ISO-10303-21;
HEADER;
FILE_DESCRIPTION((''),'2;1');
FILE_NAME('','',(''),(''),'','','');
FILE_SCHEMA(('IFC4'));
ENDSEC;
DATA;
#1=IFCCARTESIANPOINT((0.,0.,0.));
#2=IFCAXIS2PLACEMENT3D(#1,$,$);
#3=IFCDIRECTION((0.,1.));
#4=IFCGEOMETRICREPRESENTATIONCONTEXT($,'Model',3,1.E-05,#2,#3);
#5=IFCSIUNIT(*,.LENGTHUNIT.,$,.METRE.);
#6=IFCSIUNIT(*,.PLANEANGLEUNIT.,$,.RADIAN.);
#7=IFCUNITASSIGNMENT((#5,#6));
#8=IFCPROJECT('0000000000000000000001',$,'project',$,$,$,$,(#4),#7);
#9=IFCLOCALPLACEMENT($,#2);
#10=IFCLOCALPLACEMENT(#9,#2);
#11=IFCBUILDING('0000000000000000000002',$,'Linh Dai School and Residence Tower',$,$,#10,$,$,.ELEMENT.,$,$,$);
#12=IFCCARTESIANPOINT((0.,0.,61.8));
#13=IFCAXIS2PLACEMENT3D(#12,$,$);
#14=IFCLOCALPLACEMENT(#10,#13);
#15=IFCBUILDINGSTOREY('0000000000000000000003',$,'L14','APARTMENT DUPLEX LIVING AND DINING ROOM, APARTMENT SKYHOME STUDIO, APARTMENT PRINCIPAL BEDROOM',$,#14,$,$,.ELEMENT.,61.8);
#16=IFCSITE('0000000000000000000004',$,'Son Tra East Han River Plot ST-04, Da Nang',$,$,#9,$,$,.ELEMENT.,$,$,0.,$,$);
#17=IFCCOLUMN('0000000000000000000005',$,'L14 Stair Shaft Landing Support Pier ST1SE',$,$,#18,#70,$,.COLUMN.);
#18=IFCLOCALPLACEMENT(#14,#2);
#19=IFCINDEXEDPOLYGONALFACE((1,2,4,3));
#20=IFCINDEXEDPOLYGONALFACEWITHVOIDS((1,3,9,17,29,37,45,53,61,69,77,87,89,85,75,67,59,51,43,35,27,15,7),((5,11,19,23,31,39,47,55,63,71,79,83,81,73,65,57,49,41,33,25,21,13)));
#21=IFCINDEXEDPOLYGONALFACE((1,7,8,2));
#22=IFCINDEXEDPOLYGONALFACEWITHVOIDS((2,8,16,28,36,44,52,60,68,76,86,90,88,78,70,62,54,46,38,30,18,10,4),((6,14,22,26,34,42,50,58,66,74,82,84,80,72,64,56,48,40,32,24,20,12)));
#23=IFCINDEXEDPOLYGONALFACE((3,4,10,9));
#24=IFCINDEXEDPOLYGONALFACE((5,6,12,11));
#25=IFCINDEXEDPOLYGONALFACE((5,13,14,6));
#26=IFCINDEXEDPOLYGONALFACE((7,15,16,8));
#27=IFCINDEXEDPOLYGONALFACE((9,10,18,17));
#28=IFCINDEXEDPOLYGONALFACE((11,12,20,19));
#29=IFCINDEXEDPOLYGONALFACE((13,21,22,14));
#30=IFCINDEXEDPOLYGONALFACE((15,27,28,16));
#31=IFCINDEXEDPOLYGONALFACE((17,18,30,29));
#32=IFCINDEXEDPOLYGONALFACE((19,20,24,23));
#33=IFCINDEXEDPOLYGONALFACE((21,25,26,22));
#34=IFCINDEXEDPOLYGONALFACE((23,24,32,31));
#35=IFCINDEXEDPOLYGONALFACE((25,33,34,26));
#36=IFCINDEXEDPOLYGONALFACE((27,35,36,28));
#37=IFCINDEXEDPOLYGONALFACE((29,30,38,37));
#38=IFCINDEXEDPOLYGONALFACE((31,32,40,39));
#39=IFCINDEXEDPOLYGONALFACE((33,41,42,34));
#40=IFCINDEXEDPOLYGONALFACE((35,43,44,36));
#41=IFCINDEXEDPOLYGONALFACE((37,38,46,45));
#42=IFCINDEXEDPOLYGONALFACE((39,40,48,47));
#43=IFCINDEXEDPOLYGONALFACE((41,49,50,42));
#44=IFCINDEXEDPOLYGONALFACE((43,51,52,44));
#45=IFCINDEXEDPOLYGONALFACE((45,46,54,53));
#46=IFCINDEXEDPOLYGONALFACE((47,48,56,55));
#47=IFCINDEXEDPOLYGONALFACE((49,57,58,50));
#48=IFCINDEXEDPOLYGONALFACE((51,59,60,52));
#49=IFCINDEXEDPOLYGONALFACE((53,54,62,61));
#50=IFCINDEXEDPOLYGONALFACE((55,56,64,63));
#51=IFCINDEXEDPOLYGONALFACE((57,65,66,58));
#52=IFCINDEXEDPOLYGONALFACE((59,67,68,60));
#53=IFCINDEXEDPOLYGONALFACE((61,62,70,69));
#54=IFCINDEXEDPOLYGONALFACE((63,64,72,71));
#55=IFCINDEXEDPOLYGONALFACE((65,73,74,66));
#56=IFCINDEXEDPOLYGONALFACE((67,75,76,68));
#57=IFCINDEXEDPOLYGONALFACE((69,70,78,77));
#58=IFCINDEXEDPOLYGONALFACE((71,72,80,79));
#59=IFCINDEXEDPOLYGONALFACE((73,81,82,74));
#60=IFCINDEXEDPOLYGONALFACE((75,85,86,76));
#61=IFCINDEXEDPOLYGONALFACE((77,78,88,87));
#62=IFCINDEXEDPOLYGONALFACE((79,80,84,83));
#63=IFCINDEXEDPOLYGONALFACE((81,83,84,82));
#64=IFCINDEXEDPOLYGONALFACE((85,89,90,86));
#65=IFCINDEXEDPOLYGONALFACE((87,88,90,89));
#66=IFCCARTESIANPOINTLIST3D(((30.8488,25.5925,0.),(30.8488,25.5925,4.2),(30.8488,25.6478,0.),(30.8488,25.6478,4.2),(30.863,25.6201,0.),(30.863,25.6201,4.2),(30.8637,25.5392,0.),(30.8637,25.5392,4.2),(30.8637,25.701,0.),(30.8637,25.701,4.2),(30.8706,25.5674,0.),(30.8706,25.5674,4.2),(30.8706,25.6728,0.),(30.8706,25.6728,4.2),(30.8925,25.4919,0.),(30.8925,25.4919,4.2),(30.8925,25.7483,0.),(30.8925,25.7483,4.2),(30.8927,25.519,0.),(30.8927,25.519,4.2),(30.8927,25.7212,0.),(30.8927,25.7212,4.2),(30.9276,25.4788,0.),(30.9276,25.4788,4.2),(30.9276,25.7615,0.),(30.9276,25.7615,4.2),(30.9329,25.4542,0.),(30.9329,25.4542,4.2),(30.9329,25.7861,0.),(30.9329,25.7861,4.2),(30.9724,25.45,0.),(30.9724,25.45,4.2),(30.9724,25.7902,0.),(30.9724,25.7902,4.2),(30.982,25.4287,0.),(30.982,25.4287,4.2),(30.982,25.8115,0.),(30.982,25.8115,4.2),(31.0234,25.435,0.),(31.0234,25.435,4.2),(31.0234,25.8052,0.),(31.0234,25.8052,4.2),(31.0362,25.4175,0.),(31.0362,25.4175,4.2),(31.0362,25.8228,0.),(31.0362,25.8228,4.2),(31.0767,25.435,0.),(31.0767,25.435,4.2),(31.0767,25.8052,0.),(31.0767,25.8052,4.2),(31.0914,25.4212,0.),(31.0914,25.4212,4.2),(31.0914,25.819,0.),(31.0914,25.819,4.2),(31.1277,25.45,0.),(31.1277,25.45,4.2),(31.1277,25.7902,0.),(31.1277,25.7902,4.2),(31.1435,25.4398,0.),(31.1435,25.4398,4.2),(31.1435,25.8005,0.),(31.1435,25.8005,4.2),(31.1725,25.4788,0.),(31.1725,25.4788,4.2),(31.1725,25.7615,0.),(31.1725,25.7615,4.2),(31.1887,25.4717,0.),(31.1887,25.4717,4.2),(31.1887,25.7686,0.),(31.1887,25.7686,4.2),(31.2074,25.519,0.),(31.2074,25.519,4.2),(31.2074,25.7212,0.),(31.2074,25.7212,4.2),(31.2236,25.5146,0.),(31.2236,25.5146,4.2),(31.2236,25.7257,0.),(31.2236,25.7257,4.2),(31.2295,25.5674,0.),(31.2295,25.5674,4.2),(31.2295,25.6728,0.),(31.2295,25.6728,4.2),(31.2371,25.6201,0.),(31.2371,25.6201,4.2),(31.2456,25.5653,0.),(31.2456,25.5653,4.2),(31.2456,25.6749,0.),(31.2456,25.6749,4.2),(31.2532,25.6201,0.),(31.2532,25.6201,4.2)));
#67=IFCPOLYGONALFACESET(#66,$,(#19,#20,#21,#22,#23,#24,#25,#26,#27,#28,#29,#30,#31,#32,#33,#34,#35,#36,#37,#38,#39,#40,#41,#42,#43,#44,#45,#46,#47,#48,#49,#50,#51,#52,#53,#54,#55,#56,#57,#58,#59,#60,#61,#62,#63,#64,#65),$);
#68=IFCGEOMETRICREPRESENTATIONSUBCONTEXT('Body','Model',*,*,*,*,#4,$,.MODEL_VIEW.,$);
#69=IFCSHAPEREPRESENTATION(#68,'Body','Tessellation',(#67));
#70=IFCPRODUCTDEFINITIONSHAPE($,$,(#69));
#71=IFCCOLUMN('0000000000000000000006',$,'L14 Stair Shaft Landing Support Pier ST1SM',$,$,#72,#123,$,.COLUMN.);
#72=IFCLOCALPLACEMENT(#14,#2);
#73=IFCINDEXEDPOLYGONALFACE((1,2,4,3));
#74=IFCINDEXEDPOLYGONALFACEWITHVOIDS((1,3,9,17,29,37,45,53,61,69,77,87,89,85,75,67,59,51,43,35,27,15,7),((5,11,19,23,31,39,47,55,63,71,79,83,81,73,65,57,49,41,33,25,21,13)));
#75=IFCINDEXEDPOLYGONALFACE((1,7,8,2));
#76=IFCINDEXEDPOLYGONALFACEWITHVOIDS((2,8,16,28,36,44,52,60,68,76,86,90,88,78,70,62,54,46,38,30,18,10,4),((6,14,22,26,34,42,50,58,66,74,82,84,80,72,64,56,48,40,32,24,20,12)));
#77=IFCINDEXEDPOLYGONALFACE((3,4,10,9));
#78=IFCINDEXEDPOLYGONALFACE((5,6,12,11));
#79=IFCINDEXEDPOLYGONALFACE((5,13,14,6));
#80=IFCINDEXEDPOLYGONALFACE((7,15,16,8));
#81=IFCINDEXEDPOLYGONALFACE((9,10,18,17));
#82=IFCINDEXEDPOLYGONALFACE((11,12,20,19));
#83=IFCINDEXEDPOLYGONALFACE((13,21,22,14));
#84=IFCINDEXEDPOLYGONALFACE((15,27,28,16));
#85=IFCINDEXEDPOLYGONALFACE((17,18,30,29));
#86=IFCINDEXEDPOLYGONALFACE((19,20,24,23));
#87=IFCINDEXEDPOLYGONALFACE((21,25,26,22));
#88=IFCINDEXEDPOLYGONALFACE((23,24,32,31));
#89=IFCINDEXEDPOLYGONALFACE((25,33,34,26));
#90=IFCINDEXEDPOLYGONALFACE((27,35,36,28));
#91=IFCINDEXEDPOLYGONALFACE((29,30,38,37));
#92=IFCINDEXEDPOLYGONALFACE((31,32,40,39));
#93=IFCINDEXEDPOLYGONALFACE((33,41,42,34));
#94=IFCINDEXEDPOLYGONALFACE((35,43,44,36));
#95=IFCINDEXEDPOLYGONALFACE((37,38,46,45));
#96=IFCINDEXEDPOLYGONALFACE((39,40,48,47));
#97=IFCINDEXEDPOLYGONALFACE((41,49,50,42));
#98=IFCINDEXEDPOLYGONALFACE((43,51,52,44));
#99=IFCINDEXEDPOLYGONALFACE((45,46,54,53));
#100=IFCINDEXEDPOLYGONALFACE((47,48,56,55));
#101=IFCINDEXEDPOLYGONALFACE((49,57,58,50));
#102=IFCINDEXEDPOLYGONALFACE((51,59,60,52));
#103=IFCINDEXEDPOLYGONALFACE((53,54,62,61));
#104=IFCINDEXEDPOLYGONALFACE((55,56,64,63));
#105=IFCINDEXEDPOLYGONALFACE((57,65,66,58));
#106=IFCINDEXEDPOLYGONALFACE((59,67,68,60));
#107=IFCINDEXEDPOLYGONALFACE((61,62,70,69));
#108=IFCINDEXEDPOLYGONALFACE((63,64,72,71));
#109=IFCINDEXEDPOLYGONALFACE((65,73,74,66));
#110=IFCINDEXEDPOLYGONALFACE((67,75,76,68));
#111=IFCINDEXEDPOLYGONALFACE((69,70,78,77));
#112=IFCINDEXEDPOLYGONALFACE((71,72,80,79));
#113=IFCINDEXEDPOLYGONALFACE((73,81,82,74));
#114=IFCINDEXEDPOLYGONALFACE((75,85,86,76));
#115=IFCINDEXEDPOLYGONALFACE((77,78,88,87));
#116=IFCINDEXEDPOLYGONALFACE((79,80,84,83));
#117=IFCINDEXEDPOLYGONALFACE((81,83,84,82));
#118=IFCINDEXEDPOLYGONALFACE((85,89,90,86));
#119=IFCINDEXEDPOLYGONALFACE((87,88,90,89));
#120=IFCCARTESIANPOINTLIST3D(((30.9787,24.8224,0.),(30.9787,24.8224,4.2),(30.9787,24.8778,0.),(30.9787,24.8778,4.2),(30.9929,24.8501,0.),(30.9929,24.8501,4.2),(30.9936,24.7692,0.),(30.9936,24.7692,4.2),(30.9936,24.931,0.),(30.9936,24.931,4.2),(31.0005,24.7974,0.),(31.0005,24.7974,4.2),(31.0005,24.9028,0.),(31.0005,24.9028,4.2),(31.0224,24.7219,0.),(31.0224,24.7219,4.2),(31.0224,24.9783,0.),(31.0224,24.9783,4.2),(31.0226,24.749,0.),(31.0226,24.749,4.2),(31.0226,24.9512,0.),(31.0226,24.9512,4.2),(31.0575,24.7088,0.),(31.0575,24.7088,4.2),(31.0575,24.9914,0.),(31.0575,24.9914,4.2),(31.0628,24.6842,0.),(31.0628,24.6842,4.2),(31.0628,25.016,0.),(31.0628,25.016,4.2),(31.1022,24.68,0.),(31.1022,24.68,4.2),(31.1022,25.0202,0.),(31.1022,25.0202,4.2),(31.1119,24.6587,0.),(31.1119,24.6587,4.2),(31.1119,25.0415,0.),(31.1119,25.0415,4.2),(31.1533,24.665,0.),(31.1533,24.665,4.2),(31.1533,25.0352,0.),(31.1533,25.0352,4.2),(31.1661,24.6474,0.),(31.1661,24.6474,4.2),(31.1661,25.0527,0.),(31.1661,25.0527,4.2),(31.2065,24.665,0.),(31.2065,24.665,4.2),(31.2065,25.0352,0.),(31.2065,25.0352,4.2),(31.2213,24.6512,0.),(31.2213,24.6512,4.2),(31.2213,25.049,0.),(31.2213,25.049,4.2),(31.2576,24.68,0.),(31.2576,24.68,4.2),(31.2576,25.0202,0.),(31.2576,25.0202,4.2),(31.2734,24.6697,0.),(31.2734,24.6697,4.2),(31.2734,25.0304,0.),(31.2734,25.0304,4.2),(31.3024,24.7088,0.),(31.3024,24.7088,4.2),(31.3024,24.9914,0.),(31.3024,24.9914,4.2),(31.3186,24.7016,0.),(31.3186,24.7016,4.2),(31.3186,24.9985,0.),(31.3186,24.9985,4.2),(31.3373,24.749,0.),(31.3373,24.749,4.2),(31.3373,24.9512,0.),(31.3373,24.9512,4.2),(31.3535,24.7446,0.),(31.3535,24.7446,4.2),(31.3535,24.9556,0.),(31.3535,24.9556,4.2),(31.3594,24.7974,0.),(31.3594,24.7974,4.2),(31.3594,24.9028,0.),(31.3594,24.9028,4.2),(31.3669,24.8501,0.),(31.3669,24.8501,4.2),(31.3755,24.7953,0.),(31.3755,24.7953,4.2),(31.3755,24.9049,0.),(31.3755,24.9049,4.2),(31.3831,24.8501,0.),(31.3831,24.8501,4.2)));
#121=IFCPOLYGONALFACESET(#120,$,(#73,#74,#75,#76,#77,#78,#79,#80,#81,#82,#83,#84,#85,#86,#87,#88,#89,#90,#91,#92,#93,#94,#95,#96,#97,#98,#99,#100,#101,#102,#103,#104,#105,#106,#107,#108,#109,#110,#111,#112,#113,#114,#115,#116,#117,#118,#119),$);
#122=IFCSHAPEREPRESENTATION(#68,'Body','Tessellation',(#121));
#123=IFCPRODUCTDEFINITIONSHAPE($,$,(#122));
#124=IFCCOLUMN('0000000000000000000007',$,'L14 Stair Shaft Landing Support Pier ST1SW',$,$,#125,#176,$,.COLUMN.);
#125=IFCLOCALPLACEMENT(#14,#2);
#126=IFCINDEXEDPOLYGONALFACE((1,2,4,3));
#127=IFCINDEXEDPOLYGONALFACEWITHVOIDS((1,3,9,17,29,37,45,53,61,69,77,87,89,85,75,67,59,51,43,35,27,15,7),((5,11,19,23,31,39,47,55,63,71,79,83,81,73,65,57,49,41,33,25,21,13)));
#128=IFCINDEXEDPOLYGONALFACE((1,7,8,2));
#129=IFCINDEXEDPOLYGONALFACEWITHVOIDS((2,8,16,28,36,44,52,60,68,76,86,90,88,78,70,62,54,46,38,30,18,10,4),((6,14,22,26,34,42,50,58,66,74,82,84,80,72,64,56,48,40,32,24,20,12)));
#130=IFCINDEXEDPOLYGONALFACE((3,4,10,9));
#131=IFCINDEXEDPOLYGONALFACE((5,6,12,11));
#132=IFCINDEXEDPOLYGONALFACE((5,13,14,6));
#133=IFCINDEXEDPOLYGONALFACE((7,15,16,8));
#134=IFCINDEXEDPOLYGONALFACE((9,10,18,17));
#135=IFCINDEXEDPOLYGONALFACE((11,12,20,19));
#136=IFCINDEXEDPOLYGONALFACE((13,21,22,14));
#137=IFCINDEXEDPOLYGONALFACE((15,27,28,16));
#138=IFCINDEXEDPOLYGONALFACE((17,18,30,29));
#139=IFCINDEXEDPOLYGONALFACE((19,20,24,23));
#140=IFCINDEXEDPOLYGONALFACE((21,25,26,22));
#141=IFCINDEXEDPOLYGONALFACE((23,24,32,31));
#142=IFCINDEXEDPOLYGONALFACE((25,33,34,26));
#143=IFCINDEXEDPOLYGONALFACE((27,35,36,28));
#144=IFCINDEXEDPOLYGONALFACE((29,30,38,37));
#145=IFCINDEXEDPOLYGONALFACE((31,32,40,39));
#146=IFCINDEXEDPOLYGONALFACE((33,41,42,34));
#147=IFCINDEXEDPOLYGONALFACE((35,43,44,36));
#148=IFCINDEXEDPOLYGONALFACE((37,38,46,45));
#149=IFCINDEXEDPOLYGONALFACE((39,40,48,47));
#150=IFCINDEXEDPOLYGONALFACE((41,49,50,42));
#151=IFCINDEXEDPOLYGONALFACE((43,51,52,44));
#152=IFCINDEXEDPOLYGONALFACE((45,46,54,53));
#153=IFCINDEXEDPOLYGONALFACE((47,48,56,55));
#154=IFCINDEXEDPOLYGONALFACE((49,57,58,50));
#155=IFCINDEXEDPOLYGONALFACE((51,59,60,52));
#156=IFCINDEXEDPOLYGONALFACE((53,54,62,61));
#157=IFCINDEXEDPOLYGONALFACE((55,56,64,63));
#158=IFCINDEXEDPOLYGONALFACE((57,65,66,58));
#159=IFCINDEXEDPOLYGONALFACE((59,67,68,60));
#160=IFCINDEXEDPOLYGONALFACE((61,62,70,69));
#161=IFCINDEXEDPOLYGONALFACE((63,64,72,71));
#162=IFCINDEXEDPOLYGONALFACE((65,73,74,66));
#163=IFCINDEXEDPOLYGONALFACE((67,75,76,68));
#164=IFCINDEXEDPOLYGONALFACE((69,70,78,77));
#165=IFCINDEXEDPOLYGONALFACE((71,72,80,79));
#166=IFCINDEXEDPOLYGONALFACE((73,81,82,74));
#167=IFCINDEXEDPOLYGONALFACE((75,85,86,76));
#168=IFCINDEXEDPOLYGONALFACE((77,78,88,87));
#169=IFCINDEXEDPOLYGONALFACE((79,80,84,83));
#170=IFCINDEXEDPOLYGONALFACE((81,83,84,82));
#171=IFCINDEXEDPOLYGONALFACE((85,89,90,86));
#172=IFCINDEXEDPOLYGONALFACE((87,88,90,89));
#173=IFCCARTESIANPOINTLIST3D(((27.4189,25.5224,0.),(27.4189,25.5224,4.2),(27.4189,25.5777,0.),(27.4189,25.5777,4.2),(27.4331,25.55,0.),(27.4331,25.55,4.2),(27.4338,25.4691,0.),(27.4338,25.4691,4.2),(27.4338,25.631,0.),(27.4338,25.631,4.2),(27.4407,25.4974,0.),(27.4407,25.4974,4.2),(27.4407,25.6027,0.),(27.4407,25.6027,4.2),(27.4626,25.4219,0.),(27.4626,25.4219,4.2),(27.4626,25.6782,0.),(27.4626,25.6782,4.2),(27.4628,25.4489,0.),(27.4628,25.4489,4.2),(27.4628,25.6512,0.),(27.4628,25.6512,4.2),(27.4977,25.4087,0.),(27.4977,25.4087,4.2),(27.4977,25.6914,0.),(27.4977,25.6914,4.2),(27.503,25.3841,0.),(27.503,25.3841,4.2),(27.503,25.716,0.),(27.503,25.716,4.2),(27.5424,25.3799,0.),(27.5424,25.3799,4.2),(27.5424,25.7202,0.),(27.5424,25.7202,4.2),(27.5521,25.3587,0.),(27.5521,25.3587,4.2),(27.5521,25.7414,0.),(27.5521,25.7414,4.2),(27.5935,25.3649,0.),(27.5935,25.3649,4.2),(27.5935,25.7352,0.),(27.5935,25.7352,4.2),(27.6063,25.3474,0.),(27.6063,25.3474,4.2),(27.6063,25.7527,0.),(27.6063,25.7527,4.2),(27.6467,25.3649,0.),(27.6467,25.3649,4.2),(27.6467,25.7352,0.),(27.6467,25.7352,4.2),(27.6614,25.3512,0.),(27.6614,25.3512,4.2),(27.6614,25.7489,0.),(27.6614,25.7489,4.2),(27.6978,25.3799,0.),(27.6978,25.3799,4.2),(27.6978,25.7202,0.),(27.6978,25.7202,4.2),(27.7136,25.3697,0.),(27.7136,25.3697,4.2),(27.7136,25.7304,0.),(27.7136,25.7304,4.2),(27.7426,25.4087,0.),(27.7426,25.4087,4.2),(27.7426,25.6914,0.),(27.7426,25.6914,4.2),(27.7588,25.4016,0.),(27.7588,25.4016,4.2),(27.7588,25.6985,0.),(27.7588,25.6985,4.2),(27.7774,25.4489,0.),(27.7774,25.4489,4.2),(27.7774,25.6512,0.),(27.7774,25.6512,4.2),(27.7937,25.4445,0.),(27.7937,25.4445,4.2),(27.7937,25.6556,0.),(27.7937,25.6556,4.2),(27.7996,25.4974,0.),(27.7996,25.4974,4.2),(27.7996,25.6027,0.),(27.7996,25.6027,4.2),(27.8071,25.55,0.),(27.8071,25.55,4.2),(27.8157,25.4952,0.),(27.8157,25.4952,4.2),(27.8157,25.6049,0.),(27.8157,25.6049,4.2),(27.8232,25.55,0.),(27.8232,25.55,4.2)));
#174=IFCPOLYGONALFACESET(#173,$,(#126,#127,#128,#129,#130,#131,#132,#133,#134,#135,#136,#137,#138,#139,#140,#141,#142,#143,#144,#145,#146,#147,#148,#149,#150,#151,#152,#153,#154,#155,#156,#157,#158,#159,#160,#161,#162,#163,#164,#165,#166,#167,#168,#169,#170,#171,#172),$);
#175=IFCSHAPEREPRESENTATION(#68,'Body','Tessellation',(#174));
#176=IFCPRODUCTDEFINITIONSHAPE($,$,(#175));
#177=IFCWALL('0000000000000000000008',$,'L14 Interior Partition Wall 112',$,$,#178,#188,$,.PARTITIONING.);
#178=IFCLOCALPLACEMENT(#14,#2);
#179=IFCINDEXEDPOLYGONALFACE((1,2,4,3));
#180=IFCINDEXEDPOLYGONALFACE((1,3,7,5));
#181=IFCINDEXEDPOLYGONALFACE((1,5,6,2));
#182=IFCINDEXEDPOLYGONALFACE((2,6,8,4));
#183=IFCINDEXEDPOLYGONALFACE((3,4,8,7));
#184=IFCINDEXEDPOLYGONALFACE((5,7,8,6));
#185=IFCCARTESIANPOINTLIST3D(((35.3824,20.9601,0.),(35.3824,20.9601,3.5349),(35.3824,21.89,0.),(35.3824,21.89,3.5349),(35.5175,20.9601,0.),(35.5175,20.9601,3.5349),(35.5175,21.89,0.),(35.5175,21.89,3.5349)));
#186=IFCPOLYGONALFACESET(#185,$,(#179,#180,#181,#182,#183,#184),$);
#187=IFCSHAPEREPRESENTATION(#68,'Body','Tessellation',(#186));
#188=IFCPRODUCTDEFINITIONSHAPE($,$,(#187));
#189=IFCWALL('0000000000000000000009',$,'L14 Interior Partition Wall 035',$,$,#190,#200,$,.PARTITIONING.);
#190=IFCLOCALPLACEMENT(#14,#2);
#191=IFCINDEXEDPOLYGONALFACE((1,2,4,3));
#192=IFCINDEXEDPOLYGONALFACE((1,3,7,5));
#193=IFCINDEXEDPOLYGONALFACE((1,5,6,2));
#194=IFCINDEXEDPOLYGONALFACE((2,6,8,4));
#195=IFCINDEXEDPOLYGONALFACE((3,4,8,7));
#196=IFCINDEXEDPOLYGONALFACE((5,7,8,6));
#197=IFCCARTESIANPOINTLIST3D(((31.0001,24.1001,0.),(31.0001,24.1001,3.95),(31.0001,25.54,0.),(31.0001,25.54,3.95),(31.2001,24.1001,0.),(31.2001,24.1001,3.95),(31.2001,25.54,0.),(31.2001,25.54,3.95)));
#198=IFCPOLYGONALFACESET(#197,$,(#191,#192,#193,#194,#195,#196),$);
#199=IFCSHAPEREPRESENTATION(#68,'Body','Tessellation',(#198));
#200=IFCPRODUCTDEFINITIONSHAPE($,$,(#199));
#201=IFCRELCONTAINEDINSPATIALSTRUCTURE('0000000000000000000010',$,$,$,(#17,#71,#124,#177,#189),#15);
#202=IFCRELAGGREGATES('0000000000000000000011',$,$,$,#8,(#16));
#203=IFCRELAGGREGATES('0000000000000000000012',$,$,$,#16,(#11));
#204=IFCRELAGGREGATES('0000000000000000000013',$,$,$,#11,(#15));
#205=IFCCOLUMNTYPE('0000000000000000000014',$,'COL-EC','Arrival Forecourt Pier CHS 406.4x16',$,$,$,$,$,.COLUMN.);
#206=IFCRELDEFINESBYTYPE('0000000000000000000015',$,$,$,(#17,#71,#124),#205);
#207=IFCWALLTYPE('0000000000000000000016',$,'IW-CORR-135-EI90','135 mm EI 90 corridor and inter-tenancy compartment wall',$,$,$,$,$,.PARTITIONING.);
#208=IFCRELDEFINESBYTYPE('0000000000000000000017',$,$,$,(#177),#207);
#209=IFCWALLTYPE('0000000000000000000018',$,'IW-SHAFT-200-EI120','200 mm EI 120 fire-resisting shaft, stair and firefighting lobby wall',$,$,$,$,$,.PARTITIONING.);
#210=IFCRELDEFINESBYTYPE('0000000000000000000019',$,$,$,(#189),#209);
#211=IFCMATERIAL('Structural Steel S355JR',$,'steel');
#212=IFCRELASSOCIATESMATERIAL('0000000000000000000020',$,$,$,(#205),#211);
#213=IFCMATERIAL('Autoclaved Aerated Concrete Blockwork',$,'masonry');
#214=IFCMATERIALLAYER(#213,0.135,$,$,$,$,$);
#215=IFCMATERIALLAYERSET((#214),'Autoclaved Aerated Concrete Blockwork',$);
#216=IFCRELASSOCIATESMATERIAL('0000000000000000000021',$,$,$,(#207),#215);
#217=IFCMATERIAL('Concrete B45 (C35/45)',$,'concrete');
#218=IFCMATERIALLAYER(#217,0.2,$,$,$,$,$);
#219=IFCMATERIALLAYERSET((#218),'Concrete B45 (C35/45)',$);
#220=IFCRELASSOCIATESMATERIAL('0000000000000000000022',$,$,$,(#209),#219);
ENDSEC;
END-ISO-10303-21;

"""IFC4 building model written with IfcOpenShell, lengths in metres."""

from ifc_helpers import new_model, si_unit, direction, frame, frame_2d, origin, origin_2d, place, context, subcontext, project, spatial, rectangle, hollow_circle, extrude, material, layer, layer_set, material_profile, profile_set, type_object, element, save


model = new_model("IFC4")

# Units and contexts
model_context = context("Model", 3, precision=1e-05, world=origin(), true_north=direction((0.0, 1.0)))
body_context = subcontext(model_context, "Body", "Model", "MODEL_VIEW")
ifc_project = project(units=[si_unit("LENGTHUNIT", "METRE"), si_unit("PLANEANGLEUNIT", "RADIAN")], contexts=[model_context])

# Site, building, storey
site_placement = place(None, origin())
site = spatial("IfcSite", under=ifc_project, at=site_placement, Name="Son Tra East Han River Plot ST-04, Da Nang", CompositionType="ELEMENT", RefElevation=0.0)
building_placement = place(site_placement, origin())
building = spatial("IfcBuilding", under=site, at=building_placement, Name="Linh Dai School and Residence Tower", CompositionType="ELEMENT")
storey_placement = place(building_placement, frame((0.0, 0.0, 61.8)))
storey = spatial("IfcBuildingStorey", under=building, at=storey_placement, Name="L14", Description="APARTMENT DUPLEX LIVING AND DINING ROOM, APARTMENT SKYHOME STUDIO, APARTMENT PRINCIPAL BEDROOM", CompositionType="ELEMENT", Elevation=61.8)

# Columns
ifc_material_1 = material(Name="Structural Steel S355JR", Category="steel")
ifc_material_profile = material_profile(ifc_material_1, hollow_circle(Radius=0.2031, WallThickness=0.0161, at=origin_2d()), Name="CHS 406.4x16")
ifc_profile_set = profile_set([ifc_material_profile], Name="Structural Steel S355JR")
column_type = type_object("IfcColumnType", Name="COL-EC", Description="Arrival Forecourt Pier CHS 406.4x16", PredefinedType="COLUMN", material=ifc_profile_set)
for number, where, z_axis, x_axis, name in (
    (1, (31.05, 25.6201, 0.0), (0.0, 0.0, 1.0), (1.0, 0.0, 0.0), "L14 Stair Shaft Landing Support Pier ST1SE"),
    (2, (31.1799, 24.8501, 0.0), (0.0, 0.0, 1.0), (1.0, 0.0, 0.0), "L14 Stair Shaft Landing Support Pier ST1SM"),
    (3, (27.6201, 25.55, 0.0), (0.0, 0.0, 1.0), (1.0, 0.0, 0.0), "L14 Stair Shaft Landing Support Pier ST1SW"),
):
    element("IfcColumn", number, at=place(storey_placement, frame(where, z_axis=z_axis, x_axis=x_axis)), inside=storey, type_object=column_type, Name=name, PredefinedType="COLUMN", context=body_context, shape_type="SweptSolid", body=[
        extrude(hollow_circle(Radius=0.2031, WallThickness=0.0161, at=origin_2d()), origin(), (0.0, 0.0, 1.0), 4.2),
    ])

# Wall
ifc_material_2 = material(Name="Autoclaved Aerated Concrete Blockwork", Category="masonry")
ifc_layer_1 = layer(ifc_material_2, 0.135)
ifc_layer_set_1 = layer_set([ifc_layer_1], Name="Autoclaved Aerated Concrete Blockwork")
wall_type_1 = type_object("IfcWallType", Name="IW-CORR-135-EI90", Description="135 mm EI 90 corridor and inter-tenancy compartment wall", PredefinedType="PARTITIONING", material=ifc_layer_set_1)
wall_1_placement = place(storey_placement, frame((35.45, 21.8899, 0.0), z_axis=(0.0, 0.0, 1.0), x_axis=(0.0, -1.0, 0.0)))
element("IfcWall", 4, at=wall_1_placement, inside=storey, type_object=wall_type_1, Name="L14 Interior Partition Wall 112", PredefinedType="PARTITIONING", context=body_context, shape_type="SweptSolid", body=[
    extrude(rectangle(XDim=0.9299, YDim=0.135, at=frame_2d((0.4648, 0.0))), origin(), (0.0, 0.0, 1.0), 3.5349),
])

# Shared definitions
ifc_material_3 = material(Name="Concrete B45 (C35/45)", Category="concrete")
ifc_layer_2 = layer(ifc_material_3, 0.2)
ifc_layer_set_2 = layer_set([ifc_layer_2], Name="Concrete B45 (C35/45)")
wall_type_2 = type_object("IfcWallType", Name="IW-SHAFT-200-EI120", Description="200 mm EI 120 fire-resisting shaft, stair and firefighting lobby wall", PredefinedType="PARTITIONING", material=ifc_layer_set_2)

# Wall
wall_2_placement = place(storey_placement, frame((31.1001, 24.1001, 0.0), z_axis=(0.0, 0.0, 1.0), x_axis=(0.0, 1.0, 0.0)))
element("IfcWall", 5, at=wall_2_placement, inside=storey, type_object=wall_type_2, Name="L14 Interior Partition Wall 035", PredefinedType="PARTITIONING", context=body_context, shape_type="SweptSolid", body=[
    extrude(rectangle(XDim=1.4399, YDim=0.2, at=frame_2d((0.72, 0.0))), origin(), (0.0, 0.0, 1.0), 3.95),
])

save(model, "model.ifc")
